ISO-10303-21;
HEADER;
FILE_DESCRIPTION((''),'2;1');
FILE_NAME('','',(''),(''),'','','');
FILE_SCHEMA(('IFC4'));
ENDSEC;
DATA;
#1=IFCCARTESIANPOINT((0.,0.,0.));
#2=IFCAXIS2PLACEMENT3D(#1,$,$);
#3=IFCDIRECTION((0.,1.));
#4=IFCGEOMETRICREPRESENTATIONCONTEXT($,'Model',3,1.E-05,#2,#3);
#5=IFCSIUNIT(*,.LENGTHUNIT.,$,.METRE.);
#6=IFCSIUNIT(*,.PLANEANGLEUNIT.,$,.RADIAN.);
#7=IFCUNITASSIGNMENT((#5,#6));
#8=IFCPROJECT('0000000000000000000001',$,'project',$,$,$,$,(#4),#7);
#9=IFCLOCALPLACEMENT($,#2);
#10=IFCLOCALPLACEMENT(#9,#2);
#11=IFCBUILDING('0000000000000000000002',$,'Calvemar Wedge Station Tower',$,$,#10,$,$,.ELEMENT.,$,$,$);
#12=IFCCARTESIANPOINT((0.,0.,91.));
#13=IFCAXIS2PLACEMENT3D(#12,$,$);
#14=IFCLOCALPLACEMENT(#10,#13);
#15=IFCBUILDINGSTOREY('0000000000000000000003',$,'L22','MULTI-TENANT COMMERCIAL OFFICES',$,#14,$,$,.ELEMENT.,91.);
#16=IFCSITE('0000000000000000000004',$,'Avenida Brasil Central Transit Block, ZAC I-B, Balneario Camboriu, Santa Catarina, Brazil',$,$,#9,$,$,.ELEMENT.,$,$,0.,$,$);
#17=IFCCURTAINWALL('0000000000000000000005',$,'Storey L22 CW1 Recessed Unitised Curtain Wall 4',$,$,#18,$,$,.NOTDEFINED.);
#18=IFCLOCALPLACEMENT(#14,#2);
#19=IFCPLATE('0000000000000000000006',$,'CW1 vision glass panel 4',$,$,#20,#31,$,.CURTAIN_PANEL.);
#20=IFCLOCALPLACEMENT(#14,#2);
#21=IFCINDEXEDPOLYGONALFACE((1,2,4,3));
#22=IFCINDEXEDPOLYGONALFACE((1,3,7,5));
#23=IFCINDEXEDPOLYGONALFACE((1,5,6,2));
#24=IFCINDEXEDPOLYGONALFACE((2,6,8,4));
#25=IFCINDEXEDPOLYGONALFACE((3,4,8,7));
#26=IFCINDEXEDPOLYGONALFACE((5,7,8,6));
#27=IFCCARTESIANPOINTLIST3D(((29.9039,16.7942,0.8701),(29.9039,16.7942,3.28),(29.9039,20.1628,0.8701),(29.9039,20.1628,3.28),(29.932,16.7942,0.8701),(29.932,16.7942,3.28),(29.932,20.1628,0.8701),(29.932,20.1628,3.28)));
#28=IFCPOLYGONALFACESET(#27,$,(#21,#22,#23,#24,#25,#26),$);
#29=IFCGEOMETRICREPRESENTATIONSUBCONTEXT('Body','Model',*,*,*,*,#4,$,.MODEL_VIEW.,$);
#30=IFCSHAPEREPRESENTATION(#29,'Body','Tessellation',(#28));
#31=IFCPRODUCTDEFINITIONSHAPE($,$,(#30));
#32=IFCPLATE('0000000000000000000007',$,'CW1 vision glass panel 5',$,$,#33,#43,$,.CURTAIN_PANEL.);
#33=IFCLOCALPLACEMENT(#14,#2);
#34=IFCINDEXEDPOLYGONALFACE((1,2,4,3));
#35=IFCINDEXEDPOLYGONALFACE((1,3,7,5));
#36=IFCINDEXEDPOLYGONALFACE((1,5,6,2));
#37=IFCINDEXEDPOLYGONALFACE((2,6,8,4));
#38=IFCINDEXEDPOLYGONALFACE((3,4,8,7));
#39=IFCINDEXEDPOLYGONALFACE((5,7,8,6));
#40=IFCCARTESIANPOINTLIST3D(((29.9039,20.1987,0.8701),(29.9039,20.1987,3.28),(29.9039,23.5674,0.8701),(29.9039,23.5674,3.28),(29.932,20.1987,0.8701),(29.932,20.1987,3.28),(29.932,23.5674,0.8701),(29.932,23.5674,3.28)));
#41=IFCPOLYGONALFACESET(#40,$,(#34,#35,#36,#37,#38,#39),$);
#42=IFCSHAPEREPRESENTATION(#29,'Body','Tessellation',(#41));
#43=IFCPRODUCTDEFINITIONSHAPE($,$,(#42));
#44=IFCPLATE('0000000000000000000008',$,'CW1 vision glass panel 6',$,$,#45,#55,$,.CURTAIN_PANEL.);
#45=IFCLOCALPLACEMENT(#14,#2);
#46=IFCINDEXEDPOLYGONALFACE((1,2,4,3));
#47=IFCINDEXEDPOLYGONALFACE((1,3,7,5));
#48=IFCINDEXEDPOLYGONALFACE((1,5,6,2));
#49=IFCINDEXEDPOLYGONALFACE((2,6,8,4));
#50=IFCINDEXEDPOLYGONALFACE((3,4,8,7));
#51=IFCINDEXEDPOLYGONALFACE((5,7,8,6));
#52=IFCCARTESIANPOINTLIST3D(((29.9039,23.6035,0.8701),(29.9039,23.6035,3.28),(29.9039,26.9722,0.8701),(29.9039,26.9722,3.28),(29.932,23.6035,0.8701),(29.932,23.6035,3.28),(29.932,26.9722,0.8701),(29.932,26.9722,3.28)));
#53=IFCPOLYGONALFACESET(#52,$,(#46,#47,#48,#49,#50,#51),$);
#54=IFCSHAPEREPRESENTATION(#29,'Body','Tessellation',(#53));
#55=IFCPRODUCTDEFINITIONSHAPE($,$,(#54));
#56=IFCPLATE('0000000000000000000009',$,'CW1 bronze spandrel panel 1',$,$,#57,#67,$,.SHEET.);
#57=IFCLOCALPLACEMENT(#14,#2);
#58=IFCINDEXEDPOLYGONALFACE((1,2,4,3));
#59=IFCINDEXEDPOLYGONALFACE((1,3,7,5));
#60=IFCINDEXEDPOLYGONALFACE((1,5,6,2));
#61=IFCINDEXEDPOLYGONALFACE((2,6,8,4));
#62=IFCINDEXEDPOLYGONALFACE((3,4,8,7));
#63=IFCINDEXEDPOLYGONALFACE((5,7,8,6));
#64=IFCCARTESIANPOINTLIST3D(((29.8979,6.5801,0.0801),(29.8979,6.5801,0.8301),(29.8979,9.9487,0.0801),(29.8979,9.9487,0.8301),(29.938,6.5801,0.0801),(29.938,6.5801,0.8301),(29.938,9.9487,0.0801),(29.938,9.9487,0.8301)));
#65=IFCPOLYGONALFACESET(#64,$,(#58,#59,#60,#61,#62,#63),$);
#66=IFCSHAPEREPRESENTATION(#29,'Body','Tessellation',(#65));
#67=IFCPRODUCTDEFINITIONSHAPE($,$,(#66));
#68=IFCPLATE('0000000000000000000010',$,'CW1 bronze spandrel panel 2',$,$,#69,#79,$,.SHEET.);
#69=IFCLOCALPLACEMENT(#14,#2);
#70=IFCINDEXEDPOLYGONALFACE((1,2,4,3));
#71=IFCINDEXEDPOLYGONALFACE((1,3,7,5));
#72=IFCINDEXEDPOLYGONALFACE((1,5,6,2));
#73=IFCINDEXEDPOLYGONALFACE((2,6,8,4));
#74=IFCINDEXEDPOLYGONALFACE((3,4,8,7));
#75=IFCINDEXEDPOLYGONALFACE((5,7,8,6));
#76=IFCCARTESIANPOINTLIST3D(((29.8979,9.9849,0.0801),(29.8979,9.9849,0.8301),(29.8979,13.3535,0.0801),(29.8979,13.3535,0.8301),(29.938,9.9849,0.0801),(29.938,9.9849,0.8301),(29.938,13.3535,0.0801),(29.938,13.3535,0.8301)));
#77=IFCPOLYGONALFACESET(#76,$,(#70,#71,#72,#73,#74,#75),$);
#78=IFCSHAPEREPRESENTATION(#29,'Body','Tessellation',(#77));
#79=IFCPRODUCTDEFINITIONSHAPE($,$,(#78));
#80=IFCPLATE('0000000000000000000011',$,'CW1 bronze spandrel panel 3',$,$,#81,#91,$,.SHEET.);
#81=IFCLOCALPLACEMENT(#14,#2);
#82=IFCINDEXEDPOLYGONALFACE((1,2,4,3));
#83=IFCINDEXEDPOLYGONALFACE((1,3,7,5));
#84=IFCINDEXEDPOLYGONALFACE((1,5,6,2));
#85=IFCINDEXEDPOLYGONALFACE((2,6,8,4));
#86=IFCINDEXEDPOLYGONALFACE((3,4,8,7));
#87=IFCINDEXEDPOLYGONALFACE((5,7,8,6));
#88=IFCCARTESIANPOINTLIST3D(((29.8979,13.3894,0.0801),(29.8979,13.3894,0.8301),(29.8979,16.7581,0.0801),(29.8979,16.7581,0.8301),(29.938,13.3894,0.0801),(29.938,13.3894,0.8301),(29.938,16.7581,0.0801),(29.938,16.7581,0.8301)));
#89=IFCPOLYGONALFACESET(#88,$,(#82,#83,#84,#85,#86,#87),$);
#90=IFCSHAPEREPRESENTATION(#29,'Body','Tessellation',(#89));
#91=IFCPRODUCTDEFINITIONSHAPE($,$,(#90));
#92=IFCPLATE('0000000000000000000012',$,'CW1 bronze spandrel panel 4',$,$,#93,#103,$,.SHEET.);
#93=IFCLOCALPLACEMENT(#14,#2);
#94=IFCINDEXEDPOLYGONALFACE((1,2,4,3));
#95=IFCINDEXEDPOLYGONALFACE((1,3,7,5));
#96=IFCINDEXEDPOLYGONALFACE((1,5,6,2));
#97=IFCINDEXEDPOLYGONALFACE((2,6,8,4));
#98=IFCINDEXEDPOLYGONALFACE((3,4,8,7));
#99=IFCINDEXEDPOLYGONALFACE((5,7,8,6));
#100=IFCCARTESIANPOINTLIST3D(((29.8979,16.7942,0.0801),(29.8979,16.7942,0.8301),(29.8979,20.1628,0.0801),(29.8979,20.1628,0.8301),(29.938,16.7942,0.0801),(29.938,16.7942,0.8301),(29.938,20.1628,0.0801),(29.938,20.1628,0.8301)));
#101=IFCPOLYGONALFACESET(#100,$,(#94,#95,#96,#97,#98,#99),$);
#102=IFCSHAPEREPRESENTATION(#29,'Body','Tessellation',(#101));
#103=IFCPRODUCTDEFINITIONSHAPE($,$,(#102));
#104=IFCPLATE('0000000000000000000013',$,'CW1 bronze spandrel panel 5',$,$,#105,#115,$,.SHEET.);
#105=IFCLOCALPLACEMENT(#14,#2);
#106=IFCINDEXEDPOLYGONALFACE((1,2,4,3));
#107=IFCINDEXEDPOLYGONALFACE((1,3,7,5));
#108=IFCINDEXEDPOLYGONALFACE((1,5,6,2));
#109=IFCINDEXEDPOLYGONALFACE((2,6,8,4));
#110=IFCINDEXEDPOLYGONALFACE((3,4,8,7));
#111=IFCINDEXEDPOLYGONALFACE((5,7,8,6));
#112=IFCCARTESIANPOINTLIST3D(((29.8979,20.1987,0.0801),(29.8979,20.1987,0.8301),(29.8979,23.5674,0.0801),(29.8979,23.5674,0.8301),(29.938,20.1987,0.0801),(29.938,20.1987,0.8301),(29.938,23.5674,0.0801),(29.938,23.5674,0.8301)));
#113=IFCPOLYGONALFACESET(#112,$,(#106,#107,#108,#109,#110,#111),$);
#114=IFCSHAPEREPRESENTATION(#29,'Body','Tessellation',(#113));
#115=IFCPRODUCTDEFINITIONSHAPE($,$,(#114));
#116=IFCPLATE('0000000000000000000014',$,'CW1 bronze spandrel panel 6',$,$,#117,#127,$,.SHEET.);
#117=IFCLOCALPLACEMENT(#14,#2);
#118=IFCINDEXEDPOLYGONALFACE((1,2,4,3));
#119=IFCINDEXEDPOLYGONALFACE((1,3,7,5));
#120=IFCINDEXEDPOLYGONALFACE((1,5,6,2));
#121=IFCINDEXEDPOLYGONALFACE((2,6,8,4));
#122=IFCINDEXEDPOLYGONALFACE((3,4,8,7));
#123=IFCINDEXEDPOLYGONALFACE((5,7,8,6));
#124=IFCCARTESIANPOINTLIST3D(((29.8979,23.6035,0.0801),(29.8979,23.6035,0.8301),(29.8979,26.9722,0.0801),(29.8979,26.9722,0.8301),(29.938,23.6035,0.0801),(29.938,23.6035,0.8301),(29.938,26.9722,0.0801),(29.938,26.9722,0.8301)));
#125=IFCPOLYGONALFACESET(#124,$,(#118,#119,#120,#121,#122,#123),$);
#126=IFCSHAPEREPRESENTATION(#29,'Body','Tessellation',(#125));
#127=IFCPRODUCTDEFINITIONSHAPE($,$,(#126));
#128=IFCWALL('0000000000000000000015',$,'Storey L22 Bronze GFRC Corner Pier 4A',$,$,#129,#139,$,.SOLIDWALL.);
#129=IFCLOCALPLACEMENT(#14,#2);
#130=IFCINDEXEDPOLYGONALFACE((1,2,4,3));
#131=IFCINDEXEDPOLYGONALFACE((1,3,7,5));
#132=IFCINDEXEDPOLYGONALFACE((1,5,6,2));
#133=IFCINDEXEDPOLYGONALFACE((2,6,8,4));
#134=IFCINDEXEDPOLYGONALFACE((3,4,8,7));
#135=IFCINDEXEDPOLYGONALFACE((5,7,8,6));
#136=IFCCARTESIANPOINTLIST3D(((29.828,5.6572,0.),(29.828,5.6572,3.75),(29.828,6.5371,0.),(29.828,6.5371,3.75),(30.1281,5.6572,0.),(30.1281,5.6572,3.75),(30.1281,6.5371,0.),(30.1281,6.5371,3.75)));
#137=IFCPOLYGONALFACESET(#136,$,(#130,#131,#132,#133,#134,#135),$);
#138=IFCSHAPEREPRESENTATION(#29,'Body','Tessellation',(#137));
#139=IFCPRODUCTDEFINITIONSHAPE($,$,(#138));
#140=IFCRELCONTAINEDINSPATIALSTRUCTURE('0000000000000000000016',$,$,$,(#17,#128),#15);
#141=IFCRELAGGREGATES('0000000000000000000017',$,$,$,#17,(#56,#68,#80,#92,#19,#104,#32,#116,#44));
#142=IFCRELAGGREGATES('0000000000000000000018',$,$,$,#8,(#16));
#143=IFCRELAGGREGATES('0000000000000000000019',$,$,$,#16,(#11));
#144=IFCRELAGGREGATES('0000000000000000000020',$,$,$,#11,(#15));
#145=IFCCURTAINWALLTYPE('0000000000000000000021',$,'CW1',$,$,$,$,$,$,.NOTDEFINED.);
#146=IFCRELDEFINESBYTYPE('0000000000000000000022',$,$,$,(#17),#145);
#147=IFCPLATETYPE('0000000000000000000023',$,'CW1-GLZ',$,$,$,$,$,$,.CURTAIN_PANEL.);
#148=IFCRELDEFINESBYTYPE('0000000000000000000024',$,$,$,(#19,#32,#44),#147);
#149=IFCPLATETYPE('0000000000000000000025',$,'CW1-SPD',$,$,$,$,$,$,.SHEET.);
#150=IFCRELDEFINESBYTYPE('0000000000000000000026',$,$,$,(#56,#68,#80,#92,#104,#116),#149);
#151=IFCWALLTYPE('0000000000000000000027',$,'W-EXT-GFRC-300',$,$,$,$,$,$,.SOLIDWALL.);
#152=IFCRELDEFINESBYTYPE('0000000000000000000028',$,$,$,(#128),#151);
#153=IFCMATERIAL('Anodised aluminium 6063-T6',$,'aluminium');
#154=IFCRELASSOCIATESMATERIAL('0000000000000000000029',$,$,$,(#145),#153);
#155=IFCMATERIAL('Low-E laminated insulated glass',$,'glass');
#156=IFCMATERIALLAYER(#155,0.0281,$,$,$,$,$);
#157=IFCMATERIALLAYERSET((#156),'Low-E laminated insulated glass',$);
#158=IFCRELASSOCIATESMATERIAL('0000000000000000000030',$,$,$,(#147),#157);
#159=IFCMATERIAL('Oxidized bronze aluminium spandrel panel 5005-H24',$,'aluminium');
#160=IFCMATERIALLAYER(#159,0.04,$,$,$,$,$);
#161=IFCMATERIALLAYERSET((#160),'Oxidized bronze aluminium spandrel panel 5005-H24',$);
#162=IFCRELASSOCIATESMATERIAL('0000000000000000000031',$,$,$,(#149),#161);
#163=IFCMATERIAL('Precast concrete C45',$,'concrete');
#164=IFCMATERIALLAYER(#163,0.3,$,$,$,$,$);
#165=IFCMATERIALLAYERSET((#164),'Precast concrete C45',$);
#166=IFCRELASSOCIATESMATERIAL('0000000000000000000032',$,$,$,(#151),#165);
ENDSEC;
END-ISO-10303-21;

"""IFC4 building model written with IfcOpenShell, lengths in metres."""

from ifc_helpers import new_model, si_unit, direction, frame, frame_2d, origin, place, context, subcontext, project, spatial, rectangle, extrude, material, layer, layer_set, type_object, element, aggregate, save


model = new_model("IFC4")

# Units and contexts
model_context = context("Model", 3, precision=1e-05, world=origin(), true_north=direction((0.0, 1.0)))
body_context = subcontext(model_context, "Body", "Model", "MODEL_VIEW")
ifc_project = project(units=[si_unit("LENGTHUNIT", "METRE"), si_unit("PLANEANGLEUNIT", "RADIAN")], contexts=[model_context])

# Site, building, storey
site_placement = place(None, origin())
site = spatial("IfcSite", under=ifc_project, at=site_placement, Name="Avenida Brasil Central Transit Block, ZAC I-B, Balneario Camboriu, Santa Catarina, Brazil", CompositionType="ELEMENT", RefElevation=0.0)
building_placement = place(site_placement, origin())
building = spatial("IfcBuilding", under=site, at=building_placement, Name="Calvemar Wedge Station Tower", CompositionType="ELEMENT")
storey_placement = place(building_placement, frame((0.0, 0.0, 91.0)))
storey = spatial("IfcBuildingStorey", under=building, at=storey_placement, Name="L22", Description="MULTI-TENANT COMMERCIAL OFFICES", CompositionType="ELEMENT", Elevation=91.0)

# Curtain wall, plates
ifc_material_1 = material(Name="Anodised aluminium 6063-T6", Category="aluminium")
curtain_wall_type = type_object("IfcCurtainWallType", Name="CW1", PredefinedType="NOTDEFINED", material=ifc_material_1)
curtain_wall_placement = place(storey_placement, origin())
curtain_wall = element("IfcCurtainWall", 1, at=curtain_wall_placement, inside=storey, type_object=curtain_wall_type, Name="Storey L22 CW1 Recessed Unitised Curtain Wall 4", PredefinedType="NOTDEFINED")
ifc_material_2 = material(Name="Low-E laminated insulated glass", Category="glass")
ifc_layer_1 = layer(ifc_material_2, 0.0281)
ifc_layer_set_1 = layer_set([ifc_layer_1], Name="Low-E laminated insulated glass")
plate_type_1 = type_object("IfcPlateType", Name="CW1-GLZ", PredefinedType="CURTAIN_PANEL", material=ifc_layer_set_1)
plate_1_placement = place(storey_placement, frame((29.918, 16.7942, 0.8701), z_axis=(0.0, 0.0, 1.0), x_axis=(0.0, 1.0, 0.0)))
plate_1 = element("IfcPlate", 2, at=plate_1_placement, type_object=plate_type_1, Name="CW1 vision glass panel 4", PredefinedType="CURTAIN_PANEL", context=body_context, shape_type="SweptSolid", body=[
    extrude(rectangle(XDim=3.3687, YDim=0.0281, at=frame_2d((1.6843, 0.0))), origin(), (0.0, 0.0, 1.0), 2.4099),
])
plate_2_placement = place(storey_placement, frame((29.918, 20.1987, 0.8701), z_axis=(0.0, 0.0, 1.0), x_axis=(0.0, 1.0, 0.0)))
plate_2 = element("IfcPlate", 3, at=plate_2_placement, type_object=plate_type_1, Name="CW1 vision glass panel 5", PredefinedType="CURTAIN_PANEL", context=body_context, shape_type="SweptSolid", body=[
    extrude(rectangle(XDim=3.3687, YDim=0.0281, at=frame_2d((1.6843, 0.0))), origin(), (0.0, 0.0, 1.0), 2.4099),
])
plate_3_placement = place(storey_placement, frame((29.918, 23.6035, 0.8701), z_axis=(0.0, 0.0, 1.0), x_axis=(0.0, 1.0, 0.0)))
plate_3 = element("IfcPlate", 4, at=plate_3_placement, type_object=plate_type_1, Name="CW1 vision glass panel 6", PredefinedType="CURTAIN_PANEL", context=body_context, shape_type="SweptSolid", body=[
    extrude(rectangle(XDim=3.3687, YDim=0.0281, at=frame_2d((1.6843, 0.0))), origin(), (0.0, 0.0, 1.0), 2.4099),
])
ifc_material_3 = material(Name="Oxidized bronze aluminium spandrel panel 5005-H24", Category="aluminium")
ifc_layer_2 = layer(ifc_material_3, 0.04)
ifc_layer_set_2 = layer_set([ifc_layer_2], Name="Oxidized bronze aluminium spandrel panel 5005-H24")
plate_type_2 = type_object("IfcPlateType", Name="CW1-SPD", PredefinedType="SHEET", material=ifc_layer_set_2)
plate_4_placement = place(storey_placement, frame((29.918, 6.5801, 0.0801), z_axis=(0.0, 0.0, 1.0), x_axis=(0.0, 1.0, 0.0)))
plate_4 = element("IfcPlate", 5, at=plate_4_placement, type_object=plate_type_2, Name="CW1 bronze spandrel panel 1", PredefinedType="SHEET", context=body_context, shape_type="SweptSolid", body=[
    extrude(rectangle(XDim=3.3687, YDim=0.04, at=frame_2d((1.6843, 0.0))), origin(), (0.0, 0.0, 1.0), 0.75),
])
plate_5_placement = place(storey_placement, frame((29.918, 9.9849, 0.0801), z_axis=(0.0, 0.0, 1.0), x_axis=(0.0, 1.0, 0.0)))
plate_5 = element("IfcPlate", 6, at=plate_5_placement, type_object=plate_type_2, Name="CW1 bronze spandrel panel 2", PredefinedType="SHEET", context=body_context, shape_type="SweptSolid", body=[
    extrude(rectangle(XDim=3.3687, YDim=0.04, at=frame_2d((1.6843, 0.0))), origin(), (0.0, 0.0, 1.0), 0.75),
])
plate_6_placement = place(storey_placement, frame((29.918, 13.3894, 0.0801), z_axis=(0.0, 0.0, 1.0), x_axis=(0.0, 1.0, 0.0)))
plate_6 = element("IfcPlate", 7, at=plate_6_placement, type_object=plate_type_2, Name="CW1 bronze spandrel panel 3", PredefinedType="SHEET", context=body_context, shape_type="SweptSolid", body=[
    extrude(rectangle(XDim=3.3687, YDim=0.04, at=frame_2d((1.6843, 0.0))), origin(), (0.0, 0.0, 1.0), 0.75),
])
plate_7_placement = place(storey_placement, frame((29.918, 16.7942, 0.0801), z_axis=(0.0, 0.0, 1.0), x_axis=(0.0, 1.0, 0.0)))
plate_7 = element("IfcPlate", 8, at=plate_7_placement, type_object=plate_type_2, Name="CW1 bronze spandrel panel 4", PredefinedType="SHEET", context=body_context, shape_type="SweptSolid", body=[
    extrude(rectangle(XDim=3.3687, YDim=0.04, at=frame_2d((1.6843, 0.0))), origin(), (0.0, 0.0, 1.0), 0.75),
])
plate_8_placement = place(storey_placement, frame((29.918, 20.1987, 0.0801), z_axis=(0.0, 0.0, 1.0), x_axis=(0.0, 1.0, 0.0)))
plate_8 = element("IfcPlate", 9, at=plate_8_placement, type_object=plate_type_2, Name="CW1 bronze spandrel panel 5", PredefinedType="SHEET", context=body_context, shape_type="SweptSolid", body=[
    extrude(rectangle(XDim=3.3687, YDim=0.04, at=frame_2d((1.6843, 0.0))), origin(), (0.0, 0.0, 1.0), 0.75),
])
plate_9_placement = place(storey_placement, frame((29.918, 23.6035, 0.0801), z_axis=(0.0, 0.0, 1.0), x_axis=(0.0, 1.0, 0.0)))
plate_9 = element("IfcPlate", 10, at=plate_9_placement, type_object=plate_type_2, Name="CW1 bronze spandrel panel 6", PredefinedType="SHEET", context=body_context, shape_type="SweptSolid", body=[
    extrude(rectangle(XDim=3.3687, YDim=0.04, at=frame_2d((1.6843, 0.0))), origin(), (0.0, 0.0, 1.0), 0.75),
])
aggregate(curtain_wall, [plate_4, plate_5, plate_6, plate_7, plate_1, plate_8, plate_2, plate_9, plate_3])

# Wall
ifc_material_4 = material(Name="Precast concrete C45", Category="concrete")
ifc_layer_3 = layer(ifc_material_4, 0.3)
ifc_layer_set_3 = layer_set([ifc_layer_3], Name="Precast concrete C45")
wall_type = type_object("IfcWallType", Name="W-EXT-GFRC-300", PredefinedType="SOLIDWALL", material=ifc_layer_set_3)
wall_placement = place(storey_placement, frame((29.978, 5.6572, 0.0), z_axis=(0.0, 0.0, 1.0), x_axis=(0.0, 1.0, 0.0)))
element("IfcWall", 11, at=wall_placement, inside=storey, type_object=wall_type, Name="Storey L22 Bronze GFRC Corner Pier 4A", PredefinedType="SOLIDWALL", context=body_context, shape_type="SweptSolid", body=[
    extrude(rectangle(XDim=0.8799, YDim=0.3, at=frame_2d((0.4399, 0.0))), origin(), (0.0, 0.0, 1.0), 3.75),
])

save(model, "model.ifc")
